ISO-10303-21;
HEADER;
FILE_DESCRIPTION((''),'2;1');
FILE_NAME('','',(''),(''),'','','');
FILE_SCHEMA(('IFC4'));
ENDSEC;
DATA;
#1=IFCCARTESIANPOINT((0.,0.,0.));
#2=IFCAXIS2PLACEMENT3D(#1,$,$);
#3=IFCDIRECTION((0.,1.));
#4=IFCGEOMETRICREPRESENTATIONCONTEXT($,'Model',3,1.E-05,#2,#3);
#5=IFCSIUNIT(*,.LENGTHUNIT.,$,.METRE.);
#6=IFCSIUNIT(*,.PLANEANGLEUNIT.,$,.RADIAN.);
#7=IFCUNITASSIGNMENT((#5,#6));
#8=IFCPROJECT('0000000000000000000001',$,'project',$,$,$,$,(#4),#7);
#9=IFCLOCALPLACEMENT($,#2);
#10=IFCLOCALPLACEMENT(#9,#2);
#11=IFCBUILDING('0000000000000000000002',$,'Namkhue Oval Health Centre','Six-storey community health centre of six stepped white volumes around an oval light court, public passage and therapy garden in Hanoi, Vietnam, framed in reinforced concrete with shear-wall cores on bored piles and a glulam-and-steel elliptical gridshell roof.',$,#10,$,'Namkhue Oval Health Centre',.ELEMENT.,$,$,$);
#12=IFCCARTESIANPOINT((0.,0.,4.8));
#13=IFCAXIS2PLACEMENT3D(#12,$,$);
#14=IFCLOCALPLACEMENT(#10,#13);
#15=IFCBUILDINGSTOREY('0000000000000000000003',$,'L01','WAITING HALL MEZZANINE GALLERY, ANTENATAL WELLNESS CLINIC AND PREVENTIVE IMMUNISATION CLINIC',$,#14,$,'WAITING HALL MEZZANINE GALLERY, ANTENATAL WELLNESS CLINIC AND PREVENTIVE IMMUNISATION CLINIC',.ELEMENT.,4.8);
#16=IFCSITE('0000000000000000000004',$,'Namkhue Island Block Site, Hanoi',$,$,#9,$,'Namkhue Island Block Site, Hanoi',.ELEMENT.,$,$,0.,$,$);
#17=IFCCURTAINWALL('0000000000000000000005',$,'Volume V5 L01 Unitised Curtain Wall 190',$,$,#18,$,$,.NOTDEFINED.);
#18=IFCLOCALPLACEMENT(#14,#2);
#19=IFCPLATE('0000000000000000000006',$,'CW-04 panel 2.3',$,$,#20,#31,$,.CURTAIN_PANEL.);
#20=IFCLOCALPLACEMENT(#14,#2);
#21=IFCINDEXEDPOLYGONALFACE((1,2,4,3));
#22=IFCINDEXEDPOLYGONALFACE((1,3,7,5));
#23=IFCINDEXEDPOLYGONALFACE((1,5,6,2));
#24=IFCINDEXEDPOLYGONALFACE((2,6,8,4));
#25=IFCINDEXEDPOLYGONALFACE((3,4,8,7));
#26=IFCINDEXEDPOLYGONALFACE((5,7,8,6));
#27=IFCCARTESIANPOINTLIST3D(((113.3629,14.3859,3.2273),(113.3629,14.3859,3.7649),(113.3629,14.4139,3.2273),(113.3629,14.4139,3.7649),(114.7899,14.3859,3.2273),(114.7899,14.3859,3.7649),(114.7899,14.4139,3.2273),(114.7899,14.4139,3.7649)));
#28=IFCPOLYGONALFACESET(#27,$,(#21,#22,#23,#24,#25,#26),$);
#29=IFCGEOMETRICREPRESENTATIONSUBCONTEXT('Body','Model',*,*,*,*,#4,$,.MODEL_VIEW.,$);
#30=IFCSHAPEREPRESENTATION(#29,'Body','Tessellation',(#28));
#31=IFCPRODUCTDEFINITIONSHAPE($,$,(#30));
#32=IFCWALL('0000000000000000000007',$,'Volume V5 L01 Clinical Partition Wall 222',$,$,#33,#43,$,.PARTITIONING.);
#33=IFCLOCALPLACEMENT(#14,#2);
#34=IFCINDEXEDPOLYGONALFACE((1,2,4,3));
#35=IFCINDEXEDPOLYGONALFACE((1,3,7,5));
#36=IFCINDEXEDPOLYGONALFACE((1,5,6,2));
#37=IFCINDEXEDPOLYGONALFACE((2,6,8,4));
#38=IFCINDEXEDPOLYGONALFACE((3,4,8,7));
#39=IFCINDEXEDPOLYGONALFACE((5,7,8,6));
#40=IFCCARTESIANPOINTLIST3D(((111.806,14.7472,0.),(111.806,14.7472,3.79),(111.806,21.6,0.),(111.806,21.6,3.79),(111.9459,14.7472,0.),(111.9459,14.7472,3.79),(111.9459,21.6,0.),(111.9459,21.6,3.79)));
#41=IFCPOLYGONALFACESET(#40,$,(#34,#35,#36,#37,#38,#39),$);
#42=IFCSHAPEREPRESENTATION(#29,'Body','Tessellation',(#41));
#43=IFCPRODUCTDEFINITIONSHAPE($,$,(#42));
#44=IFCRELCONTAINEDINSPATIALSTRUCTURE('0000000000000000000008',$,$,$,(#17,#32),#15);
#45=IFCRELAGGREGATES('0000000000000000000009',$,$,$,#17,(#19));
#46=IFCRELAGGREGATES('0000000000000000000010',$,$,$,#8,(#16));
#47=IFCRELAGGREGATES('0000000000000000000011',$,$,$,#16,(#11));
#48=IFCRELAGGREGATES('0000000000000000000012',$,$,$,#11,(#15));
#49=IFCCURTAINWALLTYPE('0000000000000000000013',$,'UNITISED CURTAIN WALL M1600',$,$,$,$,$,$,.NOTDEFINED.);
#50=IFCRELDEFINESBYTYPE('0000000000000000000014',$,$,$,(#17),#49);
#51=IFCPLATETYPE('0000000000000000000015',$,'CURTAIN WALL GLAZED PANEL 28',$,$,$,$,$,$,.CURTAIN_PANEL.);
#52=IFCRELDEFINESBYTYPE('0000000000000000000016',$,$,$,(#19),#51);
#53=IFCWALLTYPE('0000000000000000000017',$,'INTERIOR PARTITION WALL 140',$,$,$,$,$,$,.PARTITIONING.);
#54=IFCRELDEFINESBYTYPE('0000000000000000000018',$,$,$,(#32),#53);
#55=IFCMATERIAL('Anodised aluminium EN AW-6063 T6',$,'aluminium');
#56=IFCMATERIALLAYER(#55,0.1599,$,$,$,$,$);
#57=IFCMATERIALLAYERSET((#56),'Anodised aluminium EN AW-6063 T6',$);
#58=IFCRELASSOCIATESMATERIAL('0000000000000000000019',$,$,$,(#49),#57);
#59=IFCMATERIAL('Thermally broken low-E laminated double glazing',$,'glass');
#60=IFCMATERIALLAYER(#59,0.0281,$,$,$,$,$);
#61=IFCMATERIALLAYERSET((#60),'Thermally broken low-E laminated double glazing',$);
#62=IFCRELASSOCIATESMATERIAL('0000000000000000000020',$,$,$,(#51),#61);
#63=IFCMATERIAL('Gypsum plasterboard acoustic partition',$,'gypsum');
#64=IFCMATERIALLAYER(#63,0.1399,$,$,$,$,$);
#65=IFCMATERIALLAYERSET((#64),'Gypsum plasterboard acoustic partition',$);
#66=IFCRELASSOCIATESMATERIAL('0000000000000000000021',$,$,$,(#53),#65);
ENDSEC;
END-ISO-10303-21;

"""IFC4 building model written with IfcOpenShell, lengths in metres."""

from ifc_helpers import new_model, si_unit, direction, frame, frame_2d, origin, origin_2d, place, context, subcontext, project, spatial, rectangle, extrude, material, layer, layer_set, type_object, element, aggregate, save


model = new_model("IFC4")

# Units and contexts
model_context = context("Model", 3, precision=1e-05, world=origin(), true_north=direction((0.0, 1.0)))
body_context = subcontext(model_context, "Body", "Model", "MODEL_VIEW")
ifc_project = project(units=[si_unit("LENGTHUNIT", "METRE"), si_unit("PLANEANGLEUNIT", "RADIAN")], contexts=[model_context])

# Site, building, storey
site_placement = place(None, origin())
site = spatial("IfcSite", under=ifc_project, at=site_placement, Name="Namkhue Island Block Site, Hanoi", LongName="Namkhue Island Block Site, Hanoi", CompositionType="ELEMENT", RefElevation=0.0)
building_placement = place(site_placement, origin())
building = spatial("IfcBuilding", under=site, at=building_placement, Name="Namkhue Oval Health Centre", Description="Six-storey community health centre of six stepped white volumes around an oval light court, public passage and therapy garden in Hanoi, Vietnam, framed in reinforced concrete with shear-wall cores on bored piles and a glulam-and-steel elliptical gridshell roof.", LongName="Namkhue Oval Health Centre", CompositionType="ELEMENT")
storey_placement = place(building_placement, frame((0.0, 0.0, 4.8)))
storey = spatial("IfcBuildingStorey", under=building, at=storey_placement, Name="L01", Description="WAITING HALL MEZZANINE GALLERY, ANTENATAL WELLNESS CLINIC AND PREVENTIVE IMMUNISATION CLINIC", LongName="WAITING HALL MEZZANINE GALLERY, ANTENATAL WELLNESS CLINIC AND PREVENTIVE IMMUNISATION CLINIC", CompositionType="ELEMENT", Elevation=4.8)

# Curtain wall
ifc_material_1 = material(Name="Anodised aluminium EN AW-6063 T6", Category="aluminium")
ifc_layer_1 = layer(ifc_material_1, 0.1599)
ifc_layer_set_1 = layer_set([ifc_layer_1], Name="Anodised aluminium EN AW-6063 T6")
curtain_wall_type = type_object("IfcCurtainWallType", Name="UNITISED CURTAIN WALL M1600", PredefinedType="NOTDEFINED", material=ifc_layer_set_1)
curtain_wall_placement = place(storey_placement, origin())
curtain_wall = element("IfcCurtainWall", 1, at=curtain_wall_placement, inside=storey, type_object=curtain_wall_type, Name="Volume V5 L01 Unitised Curtain Wall 190", PredefinedType="NOTDEFINED")

# Plate
ifc_material_2 = material(Name="Thermally broken low-E laminated double glazing", Category="glass")
ifc_layer_2 = layer(ifc_material_2, 0.0281)
ifc_layer_set_2 = layer_set([ifc_layer_2], Name="Thermally broken low-E laminated double glazing")
plate_type = type_object("IfcPlateType", Name="CURTAIN WALL GLAZED PANEL 28", PredefinedType="CURTAIN_PANEL", material=ifc_layer_set_2)
plate_1_placement = place(storey_placement, frame((114.0764, 14.3999, 3.2273), z_axis=(0.0, 0.0, 1.0), x_axis=(1.0, 0.0, 0.0)))
plate_1 = element("IfcPlate", 2, at=plate_1_placement, type_object=plate_type, Name="CW-04 panel 2.3", PredefinedType="CURTAIN_PANEL", context=body_context, shape_type="SweptSolid", body=[
    extrude(rectangle(XDim=1.427, YDim=0.0281, at=origin_2d()), origin(), (0.0, 0.0, 1.0), 0.5376),
])
aggregate(curtain_wall, [plate_1])

# Wall
ifc_material_3 = material(Name="Gypsum plasterboard acoustic partition", Category="gypsum")
ifc_layer_3 = layer(ifc_material_3, 0.1399)
ifc_layer_set_3 = layer_set([ifc_layer_3], Name="Gypsum plasterboard acoustic partition")
wall_type = type_object("IfcWallType", Name="INTERIOR PARTITION WALL 140", PredefinedType="PARTITIONING", material=ifc_layer_set_3)
wall_placement = place(storey_placement, frame((111.876, 14.7473, 0.0), z_axis=(0.0, 0.0, 1.0), x_axis=(0.0, 1.0, 0.0)))
element("IfcWall", 3, at=wall_placement, inside=storey, type_object=wall_type, Name="Volume V5 L01 Clinical Partition Wall 222", PredefinedType="PARTITIONING", context=body_context, shape_type="SweptSolid", body=[
    extrude(rectangle(XDim=6.8528, YDim=0.1399, at=frame_2d((3.4263, 0.0))), origin(), (0.0, 0.0, 1.0), 3.79),
])

save(model, "model.ifc")
